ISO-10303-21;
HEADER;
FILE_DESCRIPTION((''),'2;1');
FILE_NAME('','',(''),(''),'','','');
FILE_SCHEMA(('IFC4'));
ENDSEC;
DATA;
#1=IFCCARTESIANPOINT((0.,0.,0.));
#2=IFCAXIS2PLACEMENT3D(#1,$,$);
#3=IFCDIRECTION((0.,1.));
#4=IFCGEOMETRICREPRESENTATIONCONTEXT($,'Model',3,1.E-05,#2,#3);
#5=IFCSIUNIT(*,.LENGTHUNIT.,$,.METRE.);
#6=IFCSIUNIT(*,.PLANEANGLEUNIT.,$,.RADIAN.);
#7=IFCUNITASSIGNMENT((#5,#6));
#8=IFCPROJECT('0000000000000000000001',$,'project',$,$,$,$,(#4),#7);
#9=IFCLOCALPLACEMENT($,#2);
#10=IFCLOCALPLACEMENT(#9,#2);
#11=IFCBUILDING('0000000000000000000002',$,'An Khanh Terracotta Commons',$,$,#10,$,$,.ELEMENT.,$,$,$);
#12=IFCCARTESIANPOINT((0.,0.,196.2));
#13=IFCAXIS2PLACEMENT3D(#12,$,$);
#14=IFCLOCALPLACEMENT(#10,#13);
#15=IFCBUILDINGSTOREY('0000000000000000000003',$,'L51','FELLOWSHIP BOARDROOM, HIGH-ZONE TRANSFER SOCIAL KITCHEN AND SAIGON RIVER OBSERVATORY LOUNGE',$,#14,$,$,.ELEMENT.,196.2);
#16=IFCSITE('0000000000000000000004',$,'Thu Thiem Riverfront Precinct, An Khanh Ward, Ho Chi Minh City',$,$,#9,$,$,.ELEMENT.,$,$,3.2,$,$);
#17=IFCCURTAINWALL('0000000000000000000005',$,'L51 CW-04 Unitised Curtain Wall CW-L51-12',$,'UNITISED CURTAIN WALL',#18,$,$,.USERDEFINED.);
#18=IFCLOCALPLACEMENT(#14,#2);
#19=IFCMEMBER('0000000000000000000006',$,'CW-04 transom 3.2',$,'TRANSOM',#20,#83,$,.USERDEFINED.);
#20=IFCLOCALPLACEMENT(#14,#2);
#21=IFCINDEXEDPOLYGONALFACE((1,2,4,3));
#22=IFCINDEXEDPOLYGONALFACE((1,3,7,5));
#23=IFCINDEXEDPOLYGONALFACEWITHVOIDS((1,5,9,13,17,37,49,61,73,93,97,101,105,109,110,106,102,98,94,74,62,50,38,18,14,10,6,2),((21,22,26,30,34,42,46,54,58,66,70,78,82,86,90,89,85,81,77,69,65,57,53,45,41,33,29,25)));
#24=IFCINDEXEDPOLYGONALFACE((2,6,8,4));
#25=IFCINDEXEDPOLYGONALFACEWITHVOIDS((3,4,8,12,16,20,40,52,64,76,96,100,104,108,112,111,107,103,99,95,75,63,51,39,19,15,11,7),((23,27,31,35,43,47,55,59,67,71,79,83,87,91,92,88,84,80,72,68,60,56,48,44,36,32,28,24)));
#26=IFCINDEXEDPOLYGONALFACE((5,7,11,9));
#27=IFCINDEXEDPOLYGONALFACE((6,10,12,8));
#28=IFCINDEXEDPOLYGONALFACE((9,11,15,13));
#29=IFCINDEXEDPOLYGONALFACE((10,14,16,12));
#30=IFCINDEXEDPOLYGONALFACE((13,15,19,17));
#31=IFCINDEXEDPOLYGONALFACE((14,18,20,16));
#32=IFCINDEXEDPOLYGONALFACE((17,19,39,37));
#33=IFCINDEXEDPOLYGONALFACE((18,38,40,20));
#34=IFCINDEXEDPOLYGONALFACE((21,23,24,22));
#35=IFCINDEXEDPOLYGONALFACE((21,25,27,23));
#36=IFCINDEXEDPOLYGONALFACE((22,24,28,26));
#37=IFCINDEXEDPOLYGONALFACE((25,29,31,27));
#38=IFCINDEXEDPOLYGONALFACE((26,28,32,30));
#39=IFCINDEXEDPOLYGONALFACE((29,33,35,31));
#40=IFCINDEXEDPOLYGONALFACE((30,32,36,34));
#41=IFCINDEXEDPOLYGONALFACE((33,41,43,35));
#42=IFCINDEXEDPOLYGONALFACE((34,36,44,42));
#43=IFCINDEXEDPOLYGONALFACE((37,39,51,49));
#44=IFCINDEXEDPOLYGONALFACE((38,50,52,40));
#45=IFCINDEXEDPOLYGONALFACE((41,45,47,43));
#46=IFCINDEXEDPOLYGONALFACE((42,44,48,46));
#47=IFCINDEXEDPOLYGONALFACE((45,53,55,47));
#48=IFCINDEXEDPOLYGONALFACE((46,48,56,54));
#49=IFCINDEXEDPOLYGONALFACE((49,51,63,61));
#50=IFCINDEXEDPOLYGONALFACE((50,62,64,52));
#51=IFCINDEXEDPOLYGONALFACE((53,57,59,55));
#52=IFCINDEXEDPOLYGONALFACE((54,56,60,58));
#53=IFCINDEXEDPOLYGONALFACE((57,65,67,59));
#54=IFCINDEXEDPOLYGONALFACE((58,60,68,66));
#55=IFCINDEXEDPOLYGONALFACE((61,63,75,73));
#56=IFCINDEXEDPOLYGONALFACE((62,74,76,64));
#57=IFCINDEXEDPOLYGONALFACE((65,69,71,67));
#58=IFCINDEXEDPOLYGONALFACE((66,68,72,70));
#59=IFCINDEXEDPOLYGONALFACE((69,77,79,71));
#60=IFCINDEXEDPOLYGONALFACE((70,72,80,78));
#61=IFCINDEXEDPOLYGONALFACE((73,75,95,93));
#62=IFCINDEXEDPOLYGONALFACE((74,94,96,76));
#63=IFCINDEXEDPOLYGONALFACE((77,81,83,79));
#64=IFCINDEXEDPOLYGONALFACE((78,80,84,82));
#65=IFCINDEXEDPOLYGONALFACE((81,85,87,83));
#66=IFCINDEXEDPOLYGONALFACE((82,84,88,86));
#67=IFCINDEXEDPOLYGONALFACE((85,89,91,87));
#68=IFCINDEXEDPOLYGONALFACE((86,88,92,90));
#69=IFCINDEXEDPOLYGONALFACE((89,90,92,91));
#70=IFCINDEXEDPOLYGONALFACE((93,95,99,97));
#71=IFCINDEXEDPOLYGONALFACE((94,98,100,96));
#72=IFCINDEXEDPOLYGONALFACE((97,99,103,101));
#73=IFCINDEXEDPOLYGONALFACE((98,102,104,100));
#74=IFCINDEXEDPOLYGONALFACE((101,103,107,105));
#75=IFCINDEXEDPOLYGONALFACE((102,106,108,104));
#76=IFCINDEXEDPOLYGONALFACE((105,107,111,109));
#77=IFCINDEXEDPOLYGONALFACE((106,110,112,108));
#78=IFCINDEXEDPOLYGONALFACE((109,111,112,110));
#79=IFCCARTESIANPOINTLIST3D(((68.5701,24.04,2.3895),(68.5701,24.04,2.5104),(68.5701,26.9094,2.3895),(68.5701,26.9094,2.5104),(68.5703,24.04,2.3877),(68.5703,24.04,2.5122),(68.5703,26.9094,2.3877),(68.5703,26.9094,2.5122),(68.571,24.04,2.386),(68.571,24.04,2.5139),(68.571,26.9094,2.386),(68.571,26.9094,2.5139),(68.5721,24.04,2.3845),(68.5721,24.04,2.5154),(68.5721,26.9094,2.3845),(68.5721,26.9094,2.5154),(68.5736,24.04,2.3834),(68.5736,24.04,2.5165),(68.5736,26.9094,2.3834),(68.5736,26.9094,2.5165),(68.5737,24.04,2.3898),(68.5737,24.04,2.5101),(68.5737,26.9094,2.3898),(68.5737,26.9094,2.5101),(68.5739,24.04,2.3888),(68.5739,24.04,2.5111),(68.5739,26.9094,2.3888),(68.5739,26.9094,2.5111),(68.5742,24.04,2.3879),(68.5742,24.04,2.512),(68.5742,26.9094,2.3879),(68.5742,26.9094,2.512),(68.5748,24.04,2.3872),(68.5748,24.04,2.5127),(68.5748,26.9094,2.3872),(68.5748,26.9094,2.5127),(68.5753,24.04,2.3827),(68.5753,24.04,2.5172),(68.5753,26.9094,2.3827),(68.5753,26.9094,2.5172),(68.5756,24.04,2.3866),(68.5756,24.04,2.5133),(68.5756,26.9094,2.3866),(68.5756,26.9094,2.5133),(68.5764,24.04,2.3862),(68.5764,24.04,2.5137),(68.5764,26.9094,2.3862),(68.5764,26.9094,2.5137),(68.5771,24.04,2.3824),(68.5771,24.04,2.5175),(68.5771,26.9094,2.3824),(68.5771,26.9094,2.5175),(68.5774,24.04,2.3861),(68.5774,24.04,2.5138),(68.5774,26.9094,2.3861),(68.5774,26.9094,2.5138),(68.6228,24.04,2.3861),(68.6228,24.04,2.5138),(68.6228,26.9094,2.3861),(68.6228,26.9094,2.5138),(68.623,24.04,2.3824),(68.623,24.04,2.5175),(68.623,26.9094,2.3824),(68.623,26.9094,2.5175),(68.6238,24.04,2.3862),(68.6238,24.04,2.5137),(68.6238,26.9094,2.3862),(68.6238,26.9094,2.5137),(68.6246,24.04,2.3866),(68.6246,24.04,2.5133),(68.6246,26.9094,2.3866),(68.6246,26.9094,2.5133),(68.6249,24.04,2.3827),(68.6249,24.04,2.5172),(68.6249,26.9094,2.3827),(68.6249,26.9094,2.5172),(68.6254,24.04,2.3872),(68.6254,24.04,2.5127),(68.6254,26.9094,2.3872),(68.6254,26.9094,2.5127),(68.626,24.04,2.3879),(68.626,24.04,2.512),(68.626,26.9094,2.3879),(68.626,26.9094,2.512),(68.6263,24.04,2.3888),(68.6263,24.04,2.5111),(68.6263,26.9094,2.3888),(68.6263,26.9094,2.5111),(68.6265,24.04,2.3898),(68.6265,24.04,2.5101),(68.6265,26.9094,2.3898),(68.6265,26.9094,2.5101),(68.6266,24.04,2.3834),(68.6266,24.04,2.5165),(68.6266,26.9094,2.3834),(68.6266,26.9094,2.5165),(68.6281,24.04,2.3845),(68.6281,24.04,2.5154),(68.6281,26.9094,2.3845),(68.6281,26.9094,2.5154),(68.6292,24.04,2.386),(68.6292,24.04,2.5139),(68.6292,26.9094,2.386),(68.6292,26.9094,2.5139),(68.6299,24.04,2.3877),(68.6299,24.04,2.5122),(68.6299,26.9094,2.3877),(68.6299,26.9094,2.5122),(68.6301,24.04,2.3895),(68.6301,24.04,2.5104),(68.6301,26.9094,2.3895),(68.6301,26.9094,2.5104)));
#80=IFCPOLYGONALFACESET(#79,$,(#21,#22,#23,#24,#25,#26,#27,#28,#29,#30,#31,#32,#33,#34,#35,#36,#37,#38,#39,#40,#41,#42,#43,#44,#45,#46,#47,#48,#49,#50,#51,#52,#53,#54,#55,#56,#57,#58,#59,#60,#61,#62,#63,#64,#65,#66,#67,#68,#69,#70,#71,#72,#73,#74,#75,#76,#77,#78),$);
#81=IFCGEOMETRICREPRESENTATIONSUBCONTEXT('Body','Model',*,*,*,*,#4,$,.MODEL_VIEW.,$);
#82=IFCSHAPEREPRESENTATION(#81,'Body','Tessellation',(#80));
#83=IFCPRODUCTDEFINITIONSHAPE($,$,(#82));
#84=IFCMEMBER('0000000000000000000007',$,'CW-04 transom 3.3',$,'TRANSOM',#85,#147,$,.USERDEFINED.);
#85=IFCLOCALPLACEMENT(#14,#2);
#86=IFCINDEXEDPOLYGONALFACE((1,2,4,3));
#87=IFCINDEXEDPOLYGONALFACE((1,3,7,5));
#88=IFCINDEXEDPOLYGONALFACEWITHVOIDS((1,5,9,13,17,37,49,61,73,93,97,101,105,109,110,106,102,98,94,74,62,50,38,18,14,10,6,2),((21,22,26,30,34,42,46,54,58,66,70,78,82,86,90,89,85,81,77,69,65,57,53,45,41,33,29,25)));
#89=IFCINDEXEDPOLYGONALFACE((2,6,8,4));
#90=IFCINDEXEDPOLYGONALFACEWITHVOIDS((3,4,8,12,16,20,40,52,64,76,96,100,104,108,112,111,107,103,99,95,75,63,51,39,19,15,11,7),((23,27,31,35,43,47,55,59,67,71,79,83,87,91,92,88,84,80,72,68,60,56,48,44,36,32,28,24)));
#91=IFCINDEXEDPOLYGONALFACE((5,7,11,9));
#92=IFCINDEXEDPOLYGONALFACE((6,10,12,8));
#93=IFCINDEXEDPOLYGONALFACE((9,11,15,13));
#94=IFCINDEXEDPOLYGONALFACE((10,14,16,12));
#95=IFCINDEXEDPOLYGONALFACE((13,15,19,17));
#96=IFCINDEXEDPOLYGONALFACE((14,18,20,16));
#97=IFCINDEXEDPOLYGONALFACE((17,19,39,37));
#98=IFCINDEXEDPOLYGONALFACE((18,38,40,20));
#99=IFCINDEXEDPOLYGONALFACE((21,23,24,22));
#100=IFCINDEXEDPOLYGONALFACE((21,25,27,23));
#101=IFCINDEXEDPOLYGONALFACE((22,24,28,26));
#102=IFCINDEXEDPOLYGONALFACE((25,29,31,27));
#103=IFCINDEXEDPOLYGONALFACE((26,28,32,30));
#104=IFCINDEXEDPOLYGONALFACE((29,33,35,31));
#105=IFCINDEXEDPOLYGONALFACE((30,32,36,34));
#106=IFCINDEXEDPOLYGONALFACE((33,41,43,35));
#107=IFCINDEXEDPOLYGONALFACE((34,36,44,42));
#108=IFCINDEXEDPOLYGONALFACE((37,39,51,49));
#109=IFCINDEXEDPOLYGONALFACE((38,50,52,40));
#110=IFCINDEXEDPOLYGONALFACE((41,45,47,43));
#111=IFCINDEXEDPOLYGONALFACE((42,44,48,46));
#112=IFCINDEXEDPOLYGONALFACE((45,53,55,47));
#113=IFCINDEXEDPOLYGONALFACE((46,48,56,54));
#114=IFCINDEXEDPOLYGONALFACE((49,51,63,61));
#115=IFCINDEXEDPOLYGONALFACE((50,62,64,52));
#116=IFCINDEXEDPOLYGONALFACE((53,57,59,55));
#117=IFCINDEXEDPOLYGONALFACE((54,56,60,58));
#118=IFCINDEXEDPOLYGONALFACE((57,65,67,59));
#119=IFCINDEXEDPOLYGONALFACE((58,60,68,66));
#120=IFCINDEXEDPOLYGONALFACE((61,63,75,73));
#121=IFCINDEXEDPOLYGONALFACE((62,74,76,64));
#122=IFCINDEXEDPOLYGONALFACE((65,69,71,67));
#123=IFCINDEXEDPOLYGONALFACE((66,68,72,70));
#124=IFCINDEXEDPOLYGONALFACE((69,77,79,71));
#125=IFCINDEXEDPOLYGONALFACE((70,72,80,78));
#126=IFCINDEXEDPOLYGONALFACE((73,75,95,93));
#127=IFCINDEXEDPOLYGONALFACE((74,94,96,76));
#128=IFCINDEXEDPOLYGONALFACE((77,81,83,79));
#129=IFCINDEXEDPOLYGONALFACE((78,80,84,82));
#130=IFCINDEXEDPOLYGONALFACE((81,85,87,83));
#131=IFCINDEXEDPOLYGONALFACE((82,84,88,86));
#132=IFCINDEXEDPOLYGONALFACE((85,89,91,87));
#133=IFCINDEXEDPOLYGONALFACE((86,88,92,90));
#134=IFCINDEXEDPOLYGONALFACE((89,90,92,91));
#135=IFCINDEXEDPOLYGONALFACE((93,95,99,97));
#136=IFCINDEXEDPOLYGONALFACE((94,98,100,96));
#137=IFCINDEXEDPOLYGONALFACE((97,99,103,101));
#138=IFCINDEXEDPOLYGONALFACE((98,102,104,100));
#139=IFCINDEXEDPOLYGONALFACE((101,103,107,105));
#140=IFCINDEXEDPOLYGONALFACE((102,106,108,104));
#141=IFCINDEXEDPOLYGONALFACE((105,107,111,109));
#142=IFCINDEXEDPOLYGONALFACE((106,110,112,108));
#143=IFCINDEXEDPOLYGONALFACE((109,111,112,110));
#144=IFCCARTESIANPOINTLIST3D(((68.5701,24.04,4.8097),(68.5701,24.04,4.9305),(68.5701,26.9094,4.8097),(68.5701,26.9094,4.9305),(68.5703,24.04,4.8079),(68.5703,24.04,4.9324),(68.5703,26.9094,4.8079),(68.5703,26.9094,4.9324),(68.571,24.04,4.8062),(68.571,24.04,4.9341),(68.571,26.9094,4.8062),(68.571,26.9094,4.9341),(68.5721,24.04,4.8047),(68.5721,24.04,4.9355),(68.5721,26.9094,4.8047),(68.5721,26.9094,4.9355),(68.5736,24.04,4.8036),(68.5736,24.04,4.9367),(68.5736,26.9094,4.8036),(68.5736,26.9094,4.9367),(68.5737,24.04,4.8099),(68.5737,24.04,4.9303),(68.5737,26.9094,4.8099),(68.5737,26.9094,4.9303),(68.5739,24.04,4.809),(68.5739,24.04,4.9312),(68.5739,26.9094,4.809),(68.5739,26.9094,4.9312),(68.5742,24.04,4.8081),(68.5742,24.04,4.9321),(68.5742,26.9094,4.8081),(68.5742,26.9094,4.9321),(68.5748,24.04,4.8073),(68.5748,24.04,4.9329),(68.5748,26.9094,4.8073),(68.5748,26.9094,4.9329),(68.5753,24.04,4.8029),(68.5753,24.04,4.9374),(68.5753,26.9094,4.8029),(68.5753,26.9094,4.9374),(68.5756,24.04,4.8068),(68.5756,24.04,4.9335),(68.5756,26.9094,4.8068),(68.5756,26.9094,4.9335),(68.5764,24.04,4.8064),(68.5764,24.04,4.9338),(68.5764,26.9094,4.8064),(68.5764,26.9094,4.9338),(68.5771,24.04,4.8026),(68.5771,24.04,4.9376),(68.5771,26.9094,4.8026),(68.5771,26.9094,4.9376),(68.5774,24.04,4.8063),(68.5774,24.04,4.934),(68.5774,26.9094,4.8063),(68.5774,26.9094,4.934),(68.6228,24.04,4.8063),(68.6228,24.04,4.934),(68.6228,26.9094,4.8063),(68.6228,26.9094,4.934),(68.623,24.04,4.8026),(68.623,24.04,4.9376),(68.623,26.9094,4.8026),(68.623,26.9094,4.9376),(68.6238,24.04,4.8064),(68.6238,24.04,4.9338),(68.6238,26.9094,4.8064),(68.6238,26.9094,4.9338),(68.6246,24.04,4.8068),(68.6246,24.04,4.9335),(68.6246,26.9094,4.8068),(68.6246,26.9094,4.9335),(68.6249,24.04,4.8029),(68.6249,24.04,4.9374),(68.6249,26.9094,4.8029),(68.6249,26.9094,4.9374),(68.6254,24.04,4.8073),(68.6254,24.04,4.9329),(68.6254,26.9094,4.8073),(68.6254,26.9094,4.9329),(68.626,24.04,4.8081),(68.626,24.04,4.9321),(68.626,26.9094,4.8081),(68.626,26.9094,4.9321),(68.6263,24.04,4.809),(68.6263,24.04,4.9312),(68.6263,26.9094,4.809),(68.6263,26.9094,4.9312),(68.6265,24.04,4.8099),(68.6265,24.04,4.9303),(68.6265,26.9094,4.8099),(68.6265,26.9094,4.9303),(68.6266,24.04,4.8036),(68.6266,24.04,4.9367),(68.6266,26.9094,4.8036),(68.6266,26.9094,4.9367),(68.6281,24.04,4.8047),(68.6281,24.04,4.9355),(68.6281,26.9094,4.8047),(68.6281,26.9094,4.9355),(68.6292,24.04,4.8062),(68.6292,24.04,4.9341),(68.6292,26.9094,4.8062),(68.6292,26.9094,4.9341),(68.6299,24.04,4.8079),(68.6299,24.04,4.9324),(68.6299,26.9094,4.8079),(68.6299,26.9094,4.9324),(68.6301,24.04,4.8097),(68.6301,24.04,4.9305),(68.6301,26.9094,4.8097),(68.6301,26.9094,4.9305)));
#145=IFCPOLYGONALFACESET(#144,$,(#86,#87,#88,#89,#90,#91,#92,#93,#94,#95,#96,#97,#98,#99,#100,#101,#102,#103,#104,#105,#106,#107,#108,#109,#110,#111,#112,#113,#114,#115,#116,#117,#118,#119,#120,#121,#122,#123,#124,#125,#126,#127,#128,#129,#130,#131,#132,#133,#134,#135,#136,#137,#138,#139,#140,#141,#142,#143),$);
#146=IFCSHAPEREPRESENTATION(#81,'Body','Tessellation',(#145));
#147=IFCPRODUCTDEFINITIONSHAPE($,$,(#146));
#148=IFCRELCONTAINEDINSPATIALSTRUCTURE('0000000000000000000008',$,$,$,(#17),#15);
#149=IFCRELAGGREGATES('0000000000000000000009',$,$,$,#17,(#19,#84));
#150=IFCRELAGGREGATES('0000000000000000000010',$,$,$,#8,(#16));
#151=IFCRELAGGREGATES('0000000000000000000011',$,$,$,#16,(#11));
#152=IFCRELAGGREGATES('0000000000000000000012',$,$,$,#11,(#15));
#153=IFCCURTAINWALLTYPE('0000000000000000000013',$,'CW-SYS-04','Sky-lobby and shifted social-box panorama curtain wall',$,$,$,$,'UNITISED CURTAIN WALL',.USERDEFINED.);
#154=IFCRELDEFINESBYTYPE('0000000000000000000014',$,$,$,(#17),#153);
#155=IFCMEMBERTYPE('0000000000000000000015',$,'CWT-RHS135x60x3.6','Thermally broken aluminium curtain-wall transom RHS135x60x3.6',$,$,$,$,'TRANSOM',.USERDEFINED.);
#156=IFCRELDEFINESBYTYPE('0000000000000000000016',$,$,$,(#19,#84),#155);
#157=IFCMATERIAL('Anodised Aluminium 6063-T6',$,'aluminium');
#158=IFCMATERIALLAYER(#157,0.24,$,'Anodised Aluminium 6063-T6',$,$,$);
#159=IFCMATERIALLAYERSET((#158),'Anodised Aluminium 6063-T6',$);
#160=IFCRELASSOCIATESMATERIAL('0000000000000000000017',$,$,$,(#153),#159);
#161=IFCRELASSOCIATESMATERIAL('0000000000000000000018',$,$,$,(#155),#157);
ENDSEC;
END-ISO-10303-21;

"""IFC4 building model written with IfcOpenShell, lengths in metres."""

from ifc_helpers import new_model, si_unit, direction, frame, origin, origin_2d, place, context, subcontext, project, spatial, hollow_rectangle, extrude, material, layer, layer_set, material_profile, profile_set, type_object, element, aggregate, save


model = new_model("IFC4")

# Units and contexts
model_context = context("Model", 3, precision=1e-05, world=origin(), true_north=direction((0.0, 1.0)))
body_context = subcontext(model_context, "Body", "Model", "MODEL_VIEW")
ifc_project = project(units=[si_unit("LENGTHUNIT", "METRE"), si_unit("PLANEANGLEUNIT", "RADIAN")], contexts=[model_context])

# Site, building, storey
site_placement = place(None, origin())
site = spatial("IfcSite", under=ifc_project, at=site_placement, Name="Thu Thiem Riverfront Precinct, An Khanh Ward, Ho Chi Minh City", CompositionType="ELEMENT", RefElevation=3.2)
building_placement = place(site_placement, origin())
building = spatial("IfcBuilding", under=site, at=building_placement, Name="An Khanh Terracotta Commons", CompositionType="ELEMENT")
storey_placement = place(building_placement, frame((0.0, 0.0, 196.2)))
storey = spatial("IfcBuildingStorey", under=building, at=storey_placement, Name="L51", Description="FELLOWSHIP BOARDROOM, HIGH-ZONE TRANSFER SOCIAL KITCHEN AND SAIGON RIVER OBSERVATORY LOUNGE", CompositionType="ELEMENT", Elevation=196.2)

# Curtain wall
ifc_material_1 = material(Name="Anodised Aluminium 6063-T6", Category="aluminium")
ifc_layer_1 = layer(ifc_material_1, 0.24, Name="Anodised Aluminium 6063-T6")
ifc_layer_set_1 = layer_set([ifc_layer_1], Name="Anodised Aluminium 6063-T6")
curtain_wall_type = type_object("IfcCurtainWallType", Name="CW-SYS-04", Description="Sky-lobby and shifted social-box panorama curtain wall", ElementType="UNITISED CURTAIN WALL", PredefinedType="USERDEFINED", material=ifc_layer_set_1)
curtain_wall_1_placement = place(storey_placement, origin())
curtain_wall_1 = element("IfcCurtainWall", 1, at=curtain_wall_1_placement, inside=storey, type_object=curtain_wall_type, Name="L51 CW-04 Unitised Curtain Wall CW-L51-12", ObjectType="UNITISED CURTAIN WALL", PredefinedType="USERDEFINED")

# Members
ifc_material_profile_1 = material_profile(ifc_material_1, hollow_rectangle(XDim=0.0601, YDim=0.135, WallThickness=0.0037, InnerFilletRadius=0.0037, OuterFilletRadius=0.0071, at=origin_2d()), Name="RHS135x60x3.6")
ifc_profile_set_1 = profile_set([ifc_material_profile_1], Name="Anodised Aluminium 6063-T6")
member_type_1 = type_object("IfcMemberType", Name="CWT-RHS135x60x3.6", Description="Thermally broken aluminium curtain-wall transom RHS135x60x3.6", ElementType="TRANSOM", PredefinedType="USERDEFINED", material=ifc_profile_set_1)
member_1_placement = place(storey_placement, frame((68.6001, 24.04, 2.45), z_axis=(0.0, 1.0, 0.0), x_axis=(-1.0, 0.0, 0.0)))
member_1 = element("IfcMember", 2, at=member_1_placement, type_object=member_type_1, Name="CW-04 transom 3.2", ObjectType="TRANSOM", PredefinedType="USERDEFINED", context=body_context, shape_type="SweptSolid", body=[
    extrude(hollow_rectangle(XDim=0.0601, YDim=0.135, WallThickness=0.0037, InnerFilletRadius=0.0037, OuterFilletRadius=0.0071, at=origin_2d()), origin(), (0.0, 0.0, 1.0), 2.8694),
])
member_2_placement = place(storey_placement, frame((68.6001, 24.04, 4.8701), z_axis=(0.0, 1.0, 0.0), x_axis=(-1.0, 0.0, 0.0)))
member_2 = element("IfcMember", 3, at=member_2_placement, type_object=member_type_1, Name="CW-04 transom 3.3", ObjectType="TRANSOM", PredefinedType="USERDEFINED", context=body_context, shape_type="SweptSolid", body=[
    extrude(hollow_rectangle(XDim=0.0601, YDim=0.135, WallThickness=0.0037, InnerFilletRadius=0.0037, OuterFilletRadius=0.0071, at=origin_2d()), origin(), (0.0, 0.0, 1.0), 2.8694),
])

aggregate(curtain_wall_1, [member_1, member_2])

save(model, "model.ifc")
